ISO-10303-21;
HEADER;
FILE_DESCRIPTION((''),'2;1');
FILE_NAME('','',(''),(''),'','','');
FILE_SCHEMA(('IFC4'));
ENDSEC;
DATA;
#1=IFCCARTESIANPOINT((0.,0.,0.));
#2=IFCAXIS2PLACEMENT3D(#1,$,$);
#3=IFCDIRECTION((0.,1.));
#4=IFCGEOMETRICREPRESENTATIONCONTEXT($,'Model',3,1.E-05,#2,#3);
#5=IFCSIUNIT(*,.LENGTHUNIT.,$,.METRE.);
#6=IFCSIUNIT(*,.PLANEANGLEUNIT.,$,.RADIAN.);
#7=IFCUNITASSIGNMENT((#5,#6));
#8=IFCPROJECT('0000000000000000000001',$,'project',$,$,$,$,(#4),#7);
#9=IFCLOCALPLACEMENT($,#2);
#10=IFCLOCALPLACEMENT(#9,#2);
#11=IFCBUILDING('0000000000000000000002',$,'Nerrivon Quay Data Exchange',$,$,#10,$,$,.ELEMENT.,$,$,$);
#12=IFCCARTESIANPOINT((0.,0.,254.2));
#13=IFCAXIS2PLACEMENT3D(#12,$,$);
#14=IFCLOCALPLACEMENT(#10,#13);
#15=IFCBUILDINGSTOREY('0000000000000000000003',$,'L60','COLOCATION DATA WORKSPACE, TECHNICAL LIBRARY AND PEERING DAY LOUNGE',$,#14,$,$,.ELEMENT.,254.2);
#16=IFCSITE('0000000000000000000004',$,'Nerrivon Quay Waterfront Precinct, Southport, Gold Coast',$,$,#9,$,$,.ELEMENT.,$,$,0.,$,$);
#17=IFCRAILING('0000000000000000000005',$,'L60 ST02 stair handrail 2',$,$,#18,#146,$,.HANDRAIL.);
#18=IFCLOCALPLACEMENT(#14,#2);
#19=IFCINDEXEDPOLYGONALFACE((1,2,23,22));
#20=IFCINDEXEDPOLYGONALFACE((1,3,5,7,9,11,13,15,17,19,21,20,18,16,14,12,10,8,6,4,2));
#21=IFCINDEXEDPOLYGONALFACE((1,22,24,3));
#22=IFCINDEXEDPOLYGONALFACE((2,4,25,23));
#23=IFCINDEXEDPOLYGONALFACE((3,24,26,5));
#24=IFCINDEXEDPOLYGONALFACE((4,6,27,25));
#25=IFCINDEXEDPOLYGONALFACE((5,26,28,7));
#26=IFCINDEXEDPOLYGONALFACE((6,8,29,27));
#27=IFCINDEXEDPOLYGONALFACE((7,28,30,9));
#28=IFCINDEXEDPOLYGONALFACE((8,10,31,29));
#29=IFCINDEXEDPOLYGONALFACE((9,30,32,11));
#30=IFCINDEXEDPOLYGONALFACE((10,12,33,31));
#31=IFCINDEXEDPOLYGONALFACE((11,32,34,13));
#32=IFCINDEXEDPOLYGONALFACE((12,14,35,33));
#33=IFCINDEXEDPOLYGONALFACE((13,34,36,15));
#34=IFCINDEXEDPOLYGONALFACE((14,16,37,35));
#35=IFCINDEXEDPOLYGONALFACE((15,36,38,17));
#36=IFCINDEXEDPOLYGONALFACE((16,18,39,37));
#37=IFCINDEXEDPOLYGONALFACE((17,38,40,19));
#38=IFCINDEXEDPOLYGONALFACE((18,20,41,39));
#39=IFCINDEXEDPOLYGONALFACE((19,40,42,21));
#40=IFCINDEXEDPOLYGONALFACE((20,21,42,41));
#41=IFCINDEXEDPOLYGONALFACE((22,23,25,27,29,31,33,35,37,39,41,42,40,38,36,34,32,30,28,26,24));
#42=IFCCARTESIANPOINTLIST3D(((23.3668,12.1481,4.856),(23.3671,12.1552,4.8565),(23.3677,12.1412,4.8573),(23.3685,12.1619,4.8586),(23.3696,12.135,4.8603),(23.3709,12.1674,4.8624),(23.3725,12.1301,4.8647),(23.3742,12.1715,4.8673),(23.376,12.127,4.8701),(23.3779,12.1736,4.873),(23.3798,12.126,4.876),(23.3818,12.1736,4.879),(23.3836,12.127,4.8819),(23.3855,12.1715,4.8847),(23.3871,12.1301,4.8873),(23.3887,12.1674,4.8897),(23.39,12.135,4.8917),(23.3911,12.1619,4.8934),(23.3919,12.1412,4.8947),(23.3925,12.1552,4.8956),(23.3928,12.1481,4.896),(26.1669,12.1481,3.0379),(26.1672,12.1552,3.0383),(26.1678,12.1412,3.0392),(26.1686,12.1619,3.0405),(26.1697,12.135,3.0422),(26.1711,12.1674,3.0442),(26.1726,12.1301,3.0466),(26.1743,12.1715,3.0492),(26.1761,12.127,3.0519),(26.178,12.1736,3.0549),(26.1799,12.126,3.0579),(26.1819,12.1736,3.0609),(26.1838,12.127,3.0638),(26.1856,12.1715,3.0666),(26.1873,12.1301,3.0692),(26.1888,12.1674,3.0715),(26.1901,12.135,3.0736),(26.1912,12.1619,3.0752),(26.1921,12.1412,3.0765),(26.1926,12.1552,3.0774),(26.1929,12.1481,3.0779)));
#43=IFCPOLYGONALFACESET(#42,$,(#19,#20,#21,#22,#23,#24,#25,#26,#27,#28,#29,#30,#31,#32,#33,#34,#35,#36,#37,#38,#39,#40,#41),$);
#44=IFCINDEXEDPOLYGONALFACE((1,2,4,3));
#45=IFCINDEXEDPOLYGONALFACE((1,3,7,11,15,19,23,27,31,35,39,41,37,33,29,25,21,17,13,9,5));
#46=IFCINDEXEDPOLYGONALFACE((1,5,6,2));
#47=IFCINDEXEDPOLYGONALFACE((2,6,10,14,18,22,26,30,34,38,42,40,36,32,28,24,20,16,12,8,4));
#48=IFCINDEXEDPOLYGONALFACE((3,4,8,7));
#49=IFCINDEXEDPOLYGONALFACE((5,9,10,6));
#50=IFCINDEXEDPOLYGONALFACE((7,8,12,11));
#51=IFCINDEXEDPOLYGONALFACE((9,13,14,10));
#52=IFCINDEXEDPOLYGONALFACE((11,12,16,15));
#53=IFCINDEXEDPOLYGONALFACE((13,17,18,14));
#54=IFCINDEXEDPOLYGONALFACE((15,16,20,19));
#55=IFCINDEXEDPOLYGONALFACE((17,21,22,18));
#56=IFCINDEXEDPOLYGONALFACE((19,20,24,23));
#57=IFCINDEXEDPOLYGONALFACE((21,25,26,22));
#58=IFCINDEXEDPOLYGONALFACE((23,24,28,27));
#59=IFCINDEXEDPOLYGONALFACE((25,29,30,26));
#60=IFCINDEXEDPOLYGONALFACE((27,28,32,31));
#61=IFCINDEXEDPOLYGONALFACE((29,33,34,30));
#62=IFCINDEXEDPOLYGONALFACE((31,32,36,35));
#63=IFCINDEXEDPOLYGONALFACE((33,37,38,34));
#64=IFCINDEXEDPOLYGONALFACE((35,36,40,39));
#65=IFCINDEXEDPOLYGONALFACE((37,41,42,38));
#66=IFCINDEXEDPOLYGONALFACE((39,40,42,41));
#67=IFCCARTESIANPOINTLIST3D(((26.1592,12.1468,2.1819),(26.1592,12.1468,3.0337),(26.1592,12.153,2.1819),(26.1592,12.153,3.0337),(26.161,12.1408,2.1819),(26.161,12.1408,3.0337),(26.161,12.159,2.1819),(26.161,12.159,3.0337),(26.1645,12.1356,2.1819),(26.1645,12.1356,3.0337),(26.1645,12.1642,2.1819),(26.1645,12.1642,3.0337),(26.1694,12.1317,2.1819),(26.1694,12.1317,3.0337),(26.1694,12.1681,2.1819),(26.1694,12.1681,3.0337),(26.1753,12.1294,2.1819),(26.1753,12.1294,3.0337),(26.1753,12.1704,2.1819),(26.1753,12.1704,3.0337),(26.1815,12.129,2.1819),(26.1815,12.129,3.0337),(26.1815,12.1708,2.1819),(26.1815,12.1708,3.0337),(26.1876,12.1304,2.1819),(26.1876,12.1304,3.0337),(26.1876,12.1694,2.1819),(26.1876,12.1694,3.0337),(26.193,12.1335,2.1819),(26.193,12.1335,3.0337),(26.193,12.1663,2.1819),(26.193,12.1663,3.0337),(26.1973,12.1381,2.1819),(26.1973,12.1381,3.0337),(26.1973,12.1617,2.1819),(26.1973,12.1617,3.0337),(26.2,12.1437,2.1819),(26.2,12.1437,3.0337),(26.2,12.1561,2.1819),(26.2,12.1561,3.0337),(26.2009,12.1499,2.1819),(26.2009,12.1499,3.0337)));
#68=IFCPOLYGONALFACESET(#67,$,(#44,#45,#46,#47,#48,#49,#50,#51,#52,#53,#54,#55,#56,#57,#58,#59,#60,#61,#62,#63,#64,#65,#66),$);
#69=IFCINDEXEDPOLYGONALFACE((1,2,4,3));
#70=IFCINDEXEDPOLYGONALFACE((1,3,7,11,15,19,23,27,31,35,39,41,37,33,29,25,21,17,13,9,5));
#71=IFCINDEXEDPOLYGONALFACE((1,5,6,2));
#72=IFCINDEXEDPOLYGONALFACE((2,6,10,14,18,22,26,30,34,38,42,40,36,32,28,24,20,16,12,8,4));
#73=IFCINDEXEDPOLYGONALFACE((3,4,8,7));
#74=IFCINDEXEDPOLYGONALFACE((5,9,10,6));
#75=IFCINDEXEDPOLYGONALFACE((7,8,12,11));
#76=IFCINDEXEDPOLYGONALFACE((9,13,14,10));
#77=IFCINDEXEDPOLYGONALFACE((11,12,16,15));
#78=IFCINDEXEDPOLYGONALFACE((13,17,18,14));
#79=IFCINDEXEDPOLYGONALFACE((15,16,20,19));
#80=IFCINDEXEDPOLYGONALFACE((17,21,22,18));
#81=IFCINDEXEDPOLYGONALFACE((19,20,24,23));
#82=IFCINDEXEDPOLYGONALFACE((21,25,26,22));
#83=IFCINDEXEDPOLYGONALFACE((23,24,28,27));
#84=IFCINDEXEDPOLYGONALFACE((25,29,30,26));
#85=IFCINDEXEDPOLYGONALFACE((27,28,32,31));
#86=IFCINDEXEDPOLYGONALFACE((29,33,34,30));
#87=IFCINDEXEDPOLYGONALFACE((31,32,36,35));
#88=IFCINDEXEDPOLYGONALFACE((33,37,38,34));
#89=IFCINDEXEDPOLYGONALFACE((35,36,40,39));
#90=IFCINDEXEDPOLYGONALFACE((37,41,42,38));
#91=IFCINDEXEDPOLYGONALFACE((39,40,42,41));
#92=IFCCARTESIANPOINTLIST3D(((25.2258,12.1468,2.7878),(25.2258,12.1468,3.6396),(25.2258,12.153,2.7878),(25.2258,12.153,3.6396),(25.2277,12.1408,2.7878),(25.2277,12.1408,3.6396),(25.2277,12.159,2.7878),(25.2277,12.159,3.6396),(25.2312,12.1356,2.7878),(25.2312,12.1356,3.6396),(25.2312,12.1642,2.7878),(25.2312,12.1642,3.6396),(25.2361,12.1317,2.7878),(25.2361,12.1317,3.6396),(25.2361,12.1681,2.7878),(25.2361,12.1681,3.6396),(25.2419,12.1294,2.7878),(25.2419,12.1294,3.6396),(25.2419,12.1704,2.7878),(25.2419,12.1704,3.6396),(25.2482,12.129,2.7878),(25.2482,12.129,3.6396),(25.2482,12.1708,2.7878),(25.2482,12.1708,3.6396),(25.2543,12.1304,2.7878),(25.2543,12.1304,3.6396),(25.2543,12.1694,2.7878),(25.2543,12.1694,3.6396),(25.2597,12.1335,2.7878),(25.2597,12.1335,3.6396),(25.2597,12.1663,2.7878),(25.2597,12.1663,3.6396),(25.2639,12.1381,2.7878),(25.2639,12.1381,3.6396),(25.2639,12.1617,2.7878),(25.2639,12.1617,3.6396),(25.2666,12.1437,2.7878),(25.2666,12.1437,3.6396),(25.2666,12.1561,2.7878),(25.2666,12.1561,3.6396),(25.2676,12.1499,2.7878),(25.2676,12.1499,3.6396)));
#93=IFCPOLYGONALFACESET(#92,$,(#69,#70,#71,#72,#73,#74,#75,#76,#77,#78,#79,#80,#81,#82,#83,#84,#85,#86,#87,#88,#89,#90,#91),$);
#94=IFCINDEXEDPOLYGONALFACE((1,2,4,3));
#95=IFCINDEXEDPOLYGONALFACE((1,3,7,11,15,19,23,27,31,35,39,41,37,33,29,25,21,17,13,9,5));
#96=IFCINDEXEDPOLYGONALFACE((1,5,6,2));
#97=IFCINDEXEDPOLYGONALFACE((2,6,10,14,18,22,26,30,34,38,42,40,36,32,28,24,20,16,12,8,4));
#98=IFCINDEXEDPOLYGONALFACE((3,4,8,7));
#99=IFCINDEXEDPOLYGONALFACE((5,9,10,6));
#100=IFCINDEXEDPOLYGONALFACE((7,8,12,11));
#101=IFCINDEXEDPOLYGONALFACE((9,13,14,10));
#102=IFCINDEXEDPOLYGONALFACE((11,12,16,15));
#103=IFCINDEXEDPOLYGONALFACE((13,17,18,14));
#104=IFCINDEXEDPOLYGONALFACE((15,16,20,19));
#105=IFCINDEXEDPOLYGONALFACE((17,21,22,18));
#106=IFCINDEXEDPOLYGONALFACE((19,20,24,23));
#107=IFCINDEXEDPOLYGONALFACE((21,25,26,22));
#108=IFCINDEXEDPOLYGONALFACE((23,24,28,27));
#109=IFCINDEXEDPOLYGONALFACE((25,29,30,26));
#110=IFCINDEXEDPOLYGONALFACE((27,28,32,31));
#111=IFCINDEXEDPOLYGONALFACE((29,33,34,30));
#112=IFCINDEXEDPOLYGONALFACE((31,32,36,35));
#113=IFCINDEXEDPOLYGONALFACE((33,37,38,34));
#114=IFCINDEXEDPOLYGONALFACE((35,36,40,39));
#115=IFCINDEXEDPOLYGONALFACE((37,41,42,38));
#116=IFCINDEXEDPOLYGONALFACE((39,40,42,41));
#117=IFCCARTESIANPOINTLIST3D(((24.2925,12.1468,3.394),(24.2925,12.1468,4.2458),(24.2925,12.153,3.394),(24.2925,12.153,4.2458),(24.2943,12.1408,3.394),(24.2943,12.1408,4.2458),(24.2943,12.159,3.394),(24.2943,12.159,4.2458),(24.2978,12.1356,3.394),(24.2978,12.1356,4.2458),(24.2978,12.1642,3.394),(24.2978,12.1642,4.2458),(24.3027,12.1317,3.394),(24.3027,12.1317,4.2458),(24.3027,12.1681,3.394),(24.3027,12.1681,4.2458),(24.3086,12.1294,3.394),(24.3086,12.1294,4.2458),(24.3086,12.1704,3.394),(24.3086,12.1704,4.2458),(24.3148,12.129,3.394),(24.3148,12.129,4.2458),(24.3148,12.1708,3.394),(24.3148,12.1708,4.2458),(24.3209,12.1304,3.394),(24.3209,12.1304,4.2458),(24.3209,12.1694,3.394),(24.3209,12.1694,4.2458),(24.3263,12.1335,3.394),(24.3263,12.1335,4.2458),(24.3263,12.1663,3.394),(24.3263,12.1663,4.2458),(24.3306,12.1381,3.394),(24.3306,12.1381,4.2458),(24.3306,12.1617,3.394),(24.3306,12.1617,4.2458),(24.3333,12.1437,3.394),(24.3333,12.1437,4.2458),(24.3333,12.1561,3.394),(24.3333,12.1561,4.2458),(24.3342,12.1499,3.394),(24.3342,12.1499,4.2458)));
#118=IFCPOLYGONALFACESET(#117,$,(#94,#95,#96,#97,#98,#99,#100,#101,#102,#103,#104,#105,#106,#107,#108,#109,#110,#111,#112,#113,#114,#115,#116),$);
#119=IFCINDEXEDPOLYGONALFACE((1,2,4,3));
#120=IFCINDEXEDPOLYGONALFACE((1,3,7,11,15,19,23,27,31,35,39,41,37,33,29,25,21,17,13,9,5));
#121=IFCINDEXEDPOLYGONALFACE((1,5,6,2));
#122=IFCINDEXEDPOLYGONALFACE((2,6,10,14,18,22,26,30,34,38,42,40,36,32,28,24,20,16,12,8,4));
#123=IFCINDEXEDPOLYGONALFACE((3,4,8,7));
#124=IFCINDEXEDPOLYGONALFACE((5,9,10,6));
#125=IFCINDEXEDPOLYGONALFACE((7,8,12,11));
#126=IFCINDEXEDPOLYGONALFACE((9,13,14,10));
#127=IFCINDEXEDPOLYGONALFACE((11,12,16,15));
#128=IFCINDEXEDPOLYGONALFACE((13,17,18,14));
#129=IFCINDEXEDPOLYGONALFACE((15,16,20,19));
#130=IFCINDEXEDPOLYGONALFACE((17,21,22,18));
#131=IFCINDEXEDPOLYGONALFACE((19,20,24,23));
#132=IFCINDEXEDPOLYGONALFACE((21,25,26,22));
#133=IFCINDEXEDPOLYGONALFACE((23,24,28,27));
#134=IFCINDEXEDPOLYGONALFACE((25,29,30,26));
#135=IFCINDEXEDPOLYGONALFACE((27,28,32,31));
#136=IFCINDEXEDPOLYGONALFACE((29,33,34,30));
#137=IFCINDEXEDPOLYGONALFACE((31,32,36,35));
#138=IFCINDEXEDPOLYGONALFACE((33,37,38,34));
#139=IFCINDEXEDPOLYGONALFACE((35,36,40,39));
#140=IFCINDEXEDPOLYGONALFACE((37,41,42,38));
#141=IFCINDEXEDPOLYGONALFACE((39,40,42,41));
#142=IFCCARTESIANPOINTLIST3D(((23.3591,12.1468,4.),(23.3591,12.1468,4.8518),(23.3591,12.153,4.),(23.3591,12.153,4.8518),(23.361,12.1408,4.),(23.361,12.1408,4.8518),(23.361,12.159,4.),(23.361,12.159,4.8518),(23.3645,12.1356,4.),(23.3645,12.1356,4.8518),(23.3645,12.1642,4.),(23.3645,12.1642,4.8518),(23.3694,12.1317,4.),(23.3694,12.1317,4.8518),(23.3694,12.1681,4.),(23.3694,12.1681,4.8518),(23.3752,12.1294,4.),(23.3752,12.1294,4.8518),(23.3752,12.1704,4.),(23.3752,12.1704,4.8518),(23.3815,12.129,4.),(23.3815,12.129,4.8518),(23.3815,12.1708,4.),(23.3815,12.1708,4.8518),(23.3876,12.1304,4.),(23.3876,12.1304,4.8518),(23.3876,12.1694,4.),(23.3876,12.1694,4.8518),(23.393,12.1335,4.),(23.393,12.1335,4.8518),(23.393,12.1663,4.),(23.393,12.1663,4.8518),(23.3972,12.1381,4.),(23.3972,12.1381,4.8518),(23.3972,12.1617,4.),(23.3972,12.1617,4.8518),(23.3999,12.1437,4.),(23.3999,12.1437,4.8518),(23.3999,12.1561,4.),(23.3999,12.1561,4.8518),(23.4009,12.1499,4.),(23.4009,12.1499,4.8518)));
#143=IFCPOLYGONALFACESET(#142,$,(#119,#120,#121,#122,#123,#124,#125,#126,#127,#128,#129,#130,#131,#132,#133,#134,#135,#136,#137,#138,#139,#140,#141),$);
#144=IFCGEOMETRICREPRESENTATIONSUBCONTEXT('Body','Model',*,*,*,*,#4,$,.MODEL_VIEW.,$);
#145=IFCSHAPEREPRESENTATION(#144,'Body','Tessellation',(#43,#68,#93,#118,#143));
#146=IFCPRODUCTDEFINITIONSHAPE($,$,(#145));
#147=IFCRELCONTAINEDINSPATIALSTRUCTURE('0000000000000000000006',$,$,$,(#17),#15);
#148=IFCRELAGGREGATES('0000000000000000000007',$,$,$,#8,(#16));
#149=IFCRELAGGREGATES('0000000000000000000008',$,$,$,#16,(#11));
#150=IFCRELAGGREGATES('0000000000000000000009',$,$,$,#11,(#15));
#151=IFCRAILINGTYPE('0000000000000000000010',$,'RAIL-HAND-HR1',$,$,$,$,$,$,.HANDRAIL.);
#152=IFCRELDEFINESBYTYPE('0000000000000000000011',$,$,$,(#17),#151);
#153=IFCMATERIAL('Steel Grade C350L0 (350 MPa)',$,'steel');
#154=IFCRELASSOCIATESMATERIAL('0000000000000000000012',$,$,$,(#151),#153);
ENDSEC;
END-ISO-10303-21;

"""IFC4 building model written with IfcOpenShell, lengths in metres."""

from ifc_helpers import new_model, si_unit, direction, frame, origin, origin_2d, place, context, subcontext, project, spatial, circle, extrude, material, type_object, element, save


model = new_model("IFC4")

# Units and contexts
model_context = context("Model", 3, precision=1e-05, world=origin(), true_north=direction((0.0, 1.0)))
body_context = subcontext(model_context, "Body", "Model", "MODEL_VIEW")
ifc_project = project(units=[si_unit("LENGTHUNIT", "METRE"), si_unit("PLANEANGLEUNIT", "RADIAN")], contexts=[model_context])

# Site, building, storey
site_placement = place(None, origin())
site = spatial("IfcSite", under=ifc_project, at=site_placement, Name="Nerrivon Quay Waterfront Precinct, Southport, Gold Coast", CompositionType="ELEMENT", RefElevation=0.0)
building_placement = place(site_placement, origin())
building = spatial("IfcBuilding", under=site, at=building_placement, Name="Nerrivon Quay Data Exchange", CompositionType="ELEMENT")
storey_placement = place(building_placement, frame((0.0, 0.0, 254.2)))
storey = spatial("IfcBuildingStorey", under=building, at=storey_placement, Name="L60", Description="COLOCATION DATA WORKSPACE, TECHNICAL LIBRARY AND PEERING DAY LOUNGE", CompositionType="ELEMENT", Elevation=254.2)

# Railing
ifc_material_1 = material(Name="Steel Grade C350L0 (350 MPa)", Category="steel")
railing_type_1 = type_object("IfcRailingType", Name="RAIL-HAND-HR1", PredefinedType="HANDRAIL", material=ifc_material_1)
railing_1_placement = place(storey_placement, frame((26.1799, 12.1499, 2.1819)))
element("IfcRailing", 1, at=railing_1_placement, inside=storey, type_object=railing_type_1, Name="L60 ST02 stair handrail 2", PredefinedType="HANDRAIL", context=body_context, shape_type="SweptSolid", body=[
    extrude(circle(Radius=0.0239, at=origin_2d()), frame((0.0, 0.0, 0.876), z_axis=(-0.838706, 0.0, 0.544585), x_axis=(0.0, -1.0, 0.0)), (0.0, 0.0, 1.0), 3.3386),
    extrude(circle(Radius=0.021, at=origin_2d()), origin(), (0.0, 0.0, 1.0), 0.8518),
    extrude(circle(Radius=0.021, at=origin_2d()), frame((-0.9333, 0.0, 0.606)), (0.0, 0.0, 1.0), 0.8518),
    extrude(circle(Radius=0.021, at=origin_2d()), frame((-1.8667, 0.0, 1.2122)), (0.0, 0.0, 1.0), 0.8518),
    extrude(circle(Radius=0.021, at=origin_2d()), frame((-2.8, 0.0, 1.8181)), (0.0, 0.0, 1.0), 0.8518),
])

save(model, "model.ifc")
